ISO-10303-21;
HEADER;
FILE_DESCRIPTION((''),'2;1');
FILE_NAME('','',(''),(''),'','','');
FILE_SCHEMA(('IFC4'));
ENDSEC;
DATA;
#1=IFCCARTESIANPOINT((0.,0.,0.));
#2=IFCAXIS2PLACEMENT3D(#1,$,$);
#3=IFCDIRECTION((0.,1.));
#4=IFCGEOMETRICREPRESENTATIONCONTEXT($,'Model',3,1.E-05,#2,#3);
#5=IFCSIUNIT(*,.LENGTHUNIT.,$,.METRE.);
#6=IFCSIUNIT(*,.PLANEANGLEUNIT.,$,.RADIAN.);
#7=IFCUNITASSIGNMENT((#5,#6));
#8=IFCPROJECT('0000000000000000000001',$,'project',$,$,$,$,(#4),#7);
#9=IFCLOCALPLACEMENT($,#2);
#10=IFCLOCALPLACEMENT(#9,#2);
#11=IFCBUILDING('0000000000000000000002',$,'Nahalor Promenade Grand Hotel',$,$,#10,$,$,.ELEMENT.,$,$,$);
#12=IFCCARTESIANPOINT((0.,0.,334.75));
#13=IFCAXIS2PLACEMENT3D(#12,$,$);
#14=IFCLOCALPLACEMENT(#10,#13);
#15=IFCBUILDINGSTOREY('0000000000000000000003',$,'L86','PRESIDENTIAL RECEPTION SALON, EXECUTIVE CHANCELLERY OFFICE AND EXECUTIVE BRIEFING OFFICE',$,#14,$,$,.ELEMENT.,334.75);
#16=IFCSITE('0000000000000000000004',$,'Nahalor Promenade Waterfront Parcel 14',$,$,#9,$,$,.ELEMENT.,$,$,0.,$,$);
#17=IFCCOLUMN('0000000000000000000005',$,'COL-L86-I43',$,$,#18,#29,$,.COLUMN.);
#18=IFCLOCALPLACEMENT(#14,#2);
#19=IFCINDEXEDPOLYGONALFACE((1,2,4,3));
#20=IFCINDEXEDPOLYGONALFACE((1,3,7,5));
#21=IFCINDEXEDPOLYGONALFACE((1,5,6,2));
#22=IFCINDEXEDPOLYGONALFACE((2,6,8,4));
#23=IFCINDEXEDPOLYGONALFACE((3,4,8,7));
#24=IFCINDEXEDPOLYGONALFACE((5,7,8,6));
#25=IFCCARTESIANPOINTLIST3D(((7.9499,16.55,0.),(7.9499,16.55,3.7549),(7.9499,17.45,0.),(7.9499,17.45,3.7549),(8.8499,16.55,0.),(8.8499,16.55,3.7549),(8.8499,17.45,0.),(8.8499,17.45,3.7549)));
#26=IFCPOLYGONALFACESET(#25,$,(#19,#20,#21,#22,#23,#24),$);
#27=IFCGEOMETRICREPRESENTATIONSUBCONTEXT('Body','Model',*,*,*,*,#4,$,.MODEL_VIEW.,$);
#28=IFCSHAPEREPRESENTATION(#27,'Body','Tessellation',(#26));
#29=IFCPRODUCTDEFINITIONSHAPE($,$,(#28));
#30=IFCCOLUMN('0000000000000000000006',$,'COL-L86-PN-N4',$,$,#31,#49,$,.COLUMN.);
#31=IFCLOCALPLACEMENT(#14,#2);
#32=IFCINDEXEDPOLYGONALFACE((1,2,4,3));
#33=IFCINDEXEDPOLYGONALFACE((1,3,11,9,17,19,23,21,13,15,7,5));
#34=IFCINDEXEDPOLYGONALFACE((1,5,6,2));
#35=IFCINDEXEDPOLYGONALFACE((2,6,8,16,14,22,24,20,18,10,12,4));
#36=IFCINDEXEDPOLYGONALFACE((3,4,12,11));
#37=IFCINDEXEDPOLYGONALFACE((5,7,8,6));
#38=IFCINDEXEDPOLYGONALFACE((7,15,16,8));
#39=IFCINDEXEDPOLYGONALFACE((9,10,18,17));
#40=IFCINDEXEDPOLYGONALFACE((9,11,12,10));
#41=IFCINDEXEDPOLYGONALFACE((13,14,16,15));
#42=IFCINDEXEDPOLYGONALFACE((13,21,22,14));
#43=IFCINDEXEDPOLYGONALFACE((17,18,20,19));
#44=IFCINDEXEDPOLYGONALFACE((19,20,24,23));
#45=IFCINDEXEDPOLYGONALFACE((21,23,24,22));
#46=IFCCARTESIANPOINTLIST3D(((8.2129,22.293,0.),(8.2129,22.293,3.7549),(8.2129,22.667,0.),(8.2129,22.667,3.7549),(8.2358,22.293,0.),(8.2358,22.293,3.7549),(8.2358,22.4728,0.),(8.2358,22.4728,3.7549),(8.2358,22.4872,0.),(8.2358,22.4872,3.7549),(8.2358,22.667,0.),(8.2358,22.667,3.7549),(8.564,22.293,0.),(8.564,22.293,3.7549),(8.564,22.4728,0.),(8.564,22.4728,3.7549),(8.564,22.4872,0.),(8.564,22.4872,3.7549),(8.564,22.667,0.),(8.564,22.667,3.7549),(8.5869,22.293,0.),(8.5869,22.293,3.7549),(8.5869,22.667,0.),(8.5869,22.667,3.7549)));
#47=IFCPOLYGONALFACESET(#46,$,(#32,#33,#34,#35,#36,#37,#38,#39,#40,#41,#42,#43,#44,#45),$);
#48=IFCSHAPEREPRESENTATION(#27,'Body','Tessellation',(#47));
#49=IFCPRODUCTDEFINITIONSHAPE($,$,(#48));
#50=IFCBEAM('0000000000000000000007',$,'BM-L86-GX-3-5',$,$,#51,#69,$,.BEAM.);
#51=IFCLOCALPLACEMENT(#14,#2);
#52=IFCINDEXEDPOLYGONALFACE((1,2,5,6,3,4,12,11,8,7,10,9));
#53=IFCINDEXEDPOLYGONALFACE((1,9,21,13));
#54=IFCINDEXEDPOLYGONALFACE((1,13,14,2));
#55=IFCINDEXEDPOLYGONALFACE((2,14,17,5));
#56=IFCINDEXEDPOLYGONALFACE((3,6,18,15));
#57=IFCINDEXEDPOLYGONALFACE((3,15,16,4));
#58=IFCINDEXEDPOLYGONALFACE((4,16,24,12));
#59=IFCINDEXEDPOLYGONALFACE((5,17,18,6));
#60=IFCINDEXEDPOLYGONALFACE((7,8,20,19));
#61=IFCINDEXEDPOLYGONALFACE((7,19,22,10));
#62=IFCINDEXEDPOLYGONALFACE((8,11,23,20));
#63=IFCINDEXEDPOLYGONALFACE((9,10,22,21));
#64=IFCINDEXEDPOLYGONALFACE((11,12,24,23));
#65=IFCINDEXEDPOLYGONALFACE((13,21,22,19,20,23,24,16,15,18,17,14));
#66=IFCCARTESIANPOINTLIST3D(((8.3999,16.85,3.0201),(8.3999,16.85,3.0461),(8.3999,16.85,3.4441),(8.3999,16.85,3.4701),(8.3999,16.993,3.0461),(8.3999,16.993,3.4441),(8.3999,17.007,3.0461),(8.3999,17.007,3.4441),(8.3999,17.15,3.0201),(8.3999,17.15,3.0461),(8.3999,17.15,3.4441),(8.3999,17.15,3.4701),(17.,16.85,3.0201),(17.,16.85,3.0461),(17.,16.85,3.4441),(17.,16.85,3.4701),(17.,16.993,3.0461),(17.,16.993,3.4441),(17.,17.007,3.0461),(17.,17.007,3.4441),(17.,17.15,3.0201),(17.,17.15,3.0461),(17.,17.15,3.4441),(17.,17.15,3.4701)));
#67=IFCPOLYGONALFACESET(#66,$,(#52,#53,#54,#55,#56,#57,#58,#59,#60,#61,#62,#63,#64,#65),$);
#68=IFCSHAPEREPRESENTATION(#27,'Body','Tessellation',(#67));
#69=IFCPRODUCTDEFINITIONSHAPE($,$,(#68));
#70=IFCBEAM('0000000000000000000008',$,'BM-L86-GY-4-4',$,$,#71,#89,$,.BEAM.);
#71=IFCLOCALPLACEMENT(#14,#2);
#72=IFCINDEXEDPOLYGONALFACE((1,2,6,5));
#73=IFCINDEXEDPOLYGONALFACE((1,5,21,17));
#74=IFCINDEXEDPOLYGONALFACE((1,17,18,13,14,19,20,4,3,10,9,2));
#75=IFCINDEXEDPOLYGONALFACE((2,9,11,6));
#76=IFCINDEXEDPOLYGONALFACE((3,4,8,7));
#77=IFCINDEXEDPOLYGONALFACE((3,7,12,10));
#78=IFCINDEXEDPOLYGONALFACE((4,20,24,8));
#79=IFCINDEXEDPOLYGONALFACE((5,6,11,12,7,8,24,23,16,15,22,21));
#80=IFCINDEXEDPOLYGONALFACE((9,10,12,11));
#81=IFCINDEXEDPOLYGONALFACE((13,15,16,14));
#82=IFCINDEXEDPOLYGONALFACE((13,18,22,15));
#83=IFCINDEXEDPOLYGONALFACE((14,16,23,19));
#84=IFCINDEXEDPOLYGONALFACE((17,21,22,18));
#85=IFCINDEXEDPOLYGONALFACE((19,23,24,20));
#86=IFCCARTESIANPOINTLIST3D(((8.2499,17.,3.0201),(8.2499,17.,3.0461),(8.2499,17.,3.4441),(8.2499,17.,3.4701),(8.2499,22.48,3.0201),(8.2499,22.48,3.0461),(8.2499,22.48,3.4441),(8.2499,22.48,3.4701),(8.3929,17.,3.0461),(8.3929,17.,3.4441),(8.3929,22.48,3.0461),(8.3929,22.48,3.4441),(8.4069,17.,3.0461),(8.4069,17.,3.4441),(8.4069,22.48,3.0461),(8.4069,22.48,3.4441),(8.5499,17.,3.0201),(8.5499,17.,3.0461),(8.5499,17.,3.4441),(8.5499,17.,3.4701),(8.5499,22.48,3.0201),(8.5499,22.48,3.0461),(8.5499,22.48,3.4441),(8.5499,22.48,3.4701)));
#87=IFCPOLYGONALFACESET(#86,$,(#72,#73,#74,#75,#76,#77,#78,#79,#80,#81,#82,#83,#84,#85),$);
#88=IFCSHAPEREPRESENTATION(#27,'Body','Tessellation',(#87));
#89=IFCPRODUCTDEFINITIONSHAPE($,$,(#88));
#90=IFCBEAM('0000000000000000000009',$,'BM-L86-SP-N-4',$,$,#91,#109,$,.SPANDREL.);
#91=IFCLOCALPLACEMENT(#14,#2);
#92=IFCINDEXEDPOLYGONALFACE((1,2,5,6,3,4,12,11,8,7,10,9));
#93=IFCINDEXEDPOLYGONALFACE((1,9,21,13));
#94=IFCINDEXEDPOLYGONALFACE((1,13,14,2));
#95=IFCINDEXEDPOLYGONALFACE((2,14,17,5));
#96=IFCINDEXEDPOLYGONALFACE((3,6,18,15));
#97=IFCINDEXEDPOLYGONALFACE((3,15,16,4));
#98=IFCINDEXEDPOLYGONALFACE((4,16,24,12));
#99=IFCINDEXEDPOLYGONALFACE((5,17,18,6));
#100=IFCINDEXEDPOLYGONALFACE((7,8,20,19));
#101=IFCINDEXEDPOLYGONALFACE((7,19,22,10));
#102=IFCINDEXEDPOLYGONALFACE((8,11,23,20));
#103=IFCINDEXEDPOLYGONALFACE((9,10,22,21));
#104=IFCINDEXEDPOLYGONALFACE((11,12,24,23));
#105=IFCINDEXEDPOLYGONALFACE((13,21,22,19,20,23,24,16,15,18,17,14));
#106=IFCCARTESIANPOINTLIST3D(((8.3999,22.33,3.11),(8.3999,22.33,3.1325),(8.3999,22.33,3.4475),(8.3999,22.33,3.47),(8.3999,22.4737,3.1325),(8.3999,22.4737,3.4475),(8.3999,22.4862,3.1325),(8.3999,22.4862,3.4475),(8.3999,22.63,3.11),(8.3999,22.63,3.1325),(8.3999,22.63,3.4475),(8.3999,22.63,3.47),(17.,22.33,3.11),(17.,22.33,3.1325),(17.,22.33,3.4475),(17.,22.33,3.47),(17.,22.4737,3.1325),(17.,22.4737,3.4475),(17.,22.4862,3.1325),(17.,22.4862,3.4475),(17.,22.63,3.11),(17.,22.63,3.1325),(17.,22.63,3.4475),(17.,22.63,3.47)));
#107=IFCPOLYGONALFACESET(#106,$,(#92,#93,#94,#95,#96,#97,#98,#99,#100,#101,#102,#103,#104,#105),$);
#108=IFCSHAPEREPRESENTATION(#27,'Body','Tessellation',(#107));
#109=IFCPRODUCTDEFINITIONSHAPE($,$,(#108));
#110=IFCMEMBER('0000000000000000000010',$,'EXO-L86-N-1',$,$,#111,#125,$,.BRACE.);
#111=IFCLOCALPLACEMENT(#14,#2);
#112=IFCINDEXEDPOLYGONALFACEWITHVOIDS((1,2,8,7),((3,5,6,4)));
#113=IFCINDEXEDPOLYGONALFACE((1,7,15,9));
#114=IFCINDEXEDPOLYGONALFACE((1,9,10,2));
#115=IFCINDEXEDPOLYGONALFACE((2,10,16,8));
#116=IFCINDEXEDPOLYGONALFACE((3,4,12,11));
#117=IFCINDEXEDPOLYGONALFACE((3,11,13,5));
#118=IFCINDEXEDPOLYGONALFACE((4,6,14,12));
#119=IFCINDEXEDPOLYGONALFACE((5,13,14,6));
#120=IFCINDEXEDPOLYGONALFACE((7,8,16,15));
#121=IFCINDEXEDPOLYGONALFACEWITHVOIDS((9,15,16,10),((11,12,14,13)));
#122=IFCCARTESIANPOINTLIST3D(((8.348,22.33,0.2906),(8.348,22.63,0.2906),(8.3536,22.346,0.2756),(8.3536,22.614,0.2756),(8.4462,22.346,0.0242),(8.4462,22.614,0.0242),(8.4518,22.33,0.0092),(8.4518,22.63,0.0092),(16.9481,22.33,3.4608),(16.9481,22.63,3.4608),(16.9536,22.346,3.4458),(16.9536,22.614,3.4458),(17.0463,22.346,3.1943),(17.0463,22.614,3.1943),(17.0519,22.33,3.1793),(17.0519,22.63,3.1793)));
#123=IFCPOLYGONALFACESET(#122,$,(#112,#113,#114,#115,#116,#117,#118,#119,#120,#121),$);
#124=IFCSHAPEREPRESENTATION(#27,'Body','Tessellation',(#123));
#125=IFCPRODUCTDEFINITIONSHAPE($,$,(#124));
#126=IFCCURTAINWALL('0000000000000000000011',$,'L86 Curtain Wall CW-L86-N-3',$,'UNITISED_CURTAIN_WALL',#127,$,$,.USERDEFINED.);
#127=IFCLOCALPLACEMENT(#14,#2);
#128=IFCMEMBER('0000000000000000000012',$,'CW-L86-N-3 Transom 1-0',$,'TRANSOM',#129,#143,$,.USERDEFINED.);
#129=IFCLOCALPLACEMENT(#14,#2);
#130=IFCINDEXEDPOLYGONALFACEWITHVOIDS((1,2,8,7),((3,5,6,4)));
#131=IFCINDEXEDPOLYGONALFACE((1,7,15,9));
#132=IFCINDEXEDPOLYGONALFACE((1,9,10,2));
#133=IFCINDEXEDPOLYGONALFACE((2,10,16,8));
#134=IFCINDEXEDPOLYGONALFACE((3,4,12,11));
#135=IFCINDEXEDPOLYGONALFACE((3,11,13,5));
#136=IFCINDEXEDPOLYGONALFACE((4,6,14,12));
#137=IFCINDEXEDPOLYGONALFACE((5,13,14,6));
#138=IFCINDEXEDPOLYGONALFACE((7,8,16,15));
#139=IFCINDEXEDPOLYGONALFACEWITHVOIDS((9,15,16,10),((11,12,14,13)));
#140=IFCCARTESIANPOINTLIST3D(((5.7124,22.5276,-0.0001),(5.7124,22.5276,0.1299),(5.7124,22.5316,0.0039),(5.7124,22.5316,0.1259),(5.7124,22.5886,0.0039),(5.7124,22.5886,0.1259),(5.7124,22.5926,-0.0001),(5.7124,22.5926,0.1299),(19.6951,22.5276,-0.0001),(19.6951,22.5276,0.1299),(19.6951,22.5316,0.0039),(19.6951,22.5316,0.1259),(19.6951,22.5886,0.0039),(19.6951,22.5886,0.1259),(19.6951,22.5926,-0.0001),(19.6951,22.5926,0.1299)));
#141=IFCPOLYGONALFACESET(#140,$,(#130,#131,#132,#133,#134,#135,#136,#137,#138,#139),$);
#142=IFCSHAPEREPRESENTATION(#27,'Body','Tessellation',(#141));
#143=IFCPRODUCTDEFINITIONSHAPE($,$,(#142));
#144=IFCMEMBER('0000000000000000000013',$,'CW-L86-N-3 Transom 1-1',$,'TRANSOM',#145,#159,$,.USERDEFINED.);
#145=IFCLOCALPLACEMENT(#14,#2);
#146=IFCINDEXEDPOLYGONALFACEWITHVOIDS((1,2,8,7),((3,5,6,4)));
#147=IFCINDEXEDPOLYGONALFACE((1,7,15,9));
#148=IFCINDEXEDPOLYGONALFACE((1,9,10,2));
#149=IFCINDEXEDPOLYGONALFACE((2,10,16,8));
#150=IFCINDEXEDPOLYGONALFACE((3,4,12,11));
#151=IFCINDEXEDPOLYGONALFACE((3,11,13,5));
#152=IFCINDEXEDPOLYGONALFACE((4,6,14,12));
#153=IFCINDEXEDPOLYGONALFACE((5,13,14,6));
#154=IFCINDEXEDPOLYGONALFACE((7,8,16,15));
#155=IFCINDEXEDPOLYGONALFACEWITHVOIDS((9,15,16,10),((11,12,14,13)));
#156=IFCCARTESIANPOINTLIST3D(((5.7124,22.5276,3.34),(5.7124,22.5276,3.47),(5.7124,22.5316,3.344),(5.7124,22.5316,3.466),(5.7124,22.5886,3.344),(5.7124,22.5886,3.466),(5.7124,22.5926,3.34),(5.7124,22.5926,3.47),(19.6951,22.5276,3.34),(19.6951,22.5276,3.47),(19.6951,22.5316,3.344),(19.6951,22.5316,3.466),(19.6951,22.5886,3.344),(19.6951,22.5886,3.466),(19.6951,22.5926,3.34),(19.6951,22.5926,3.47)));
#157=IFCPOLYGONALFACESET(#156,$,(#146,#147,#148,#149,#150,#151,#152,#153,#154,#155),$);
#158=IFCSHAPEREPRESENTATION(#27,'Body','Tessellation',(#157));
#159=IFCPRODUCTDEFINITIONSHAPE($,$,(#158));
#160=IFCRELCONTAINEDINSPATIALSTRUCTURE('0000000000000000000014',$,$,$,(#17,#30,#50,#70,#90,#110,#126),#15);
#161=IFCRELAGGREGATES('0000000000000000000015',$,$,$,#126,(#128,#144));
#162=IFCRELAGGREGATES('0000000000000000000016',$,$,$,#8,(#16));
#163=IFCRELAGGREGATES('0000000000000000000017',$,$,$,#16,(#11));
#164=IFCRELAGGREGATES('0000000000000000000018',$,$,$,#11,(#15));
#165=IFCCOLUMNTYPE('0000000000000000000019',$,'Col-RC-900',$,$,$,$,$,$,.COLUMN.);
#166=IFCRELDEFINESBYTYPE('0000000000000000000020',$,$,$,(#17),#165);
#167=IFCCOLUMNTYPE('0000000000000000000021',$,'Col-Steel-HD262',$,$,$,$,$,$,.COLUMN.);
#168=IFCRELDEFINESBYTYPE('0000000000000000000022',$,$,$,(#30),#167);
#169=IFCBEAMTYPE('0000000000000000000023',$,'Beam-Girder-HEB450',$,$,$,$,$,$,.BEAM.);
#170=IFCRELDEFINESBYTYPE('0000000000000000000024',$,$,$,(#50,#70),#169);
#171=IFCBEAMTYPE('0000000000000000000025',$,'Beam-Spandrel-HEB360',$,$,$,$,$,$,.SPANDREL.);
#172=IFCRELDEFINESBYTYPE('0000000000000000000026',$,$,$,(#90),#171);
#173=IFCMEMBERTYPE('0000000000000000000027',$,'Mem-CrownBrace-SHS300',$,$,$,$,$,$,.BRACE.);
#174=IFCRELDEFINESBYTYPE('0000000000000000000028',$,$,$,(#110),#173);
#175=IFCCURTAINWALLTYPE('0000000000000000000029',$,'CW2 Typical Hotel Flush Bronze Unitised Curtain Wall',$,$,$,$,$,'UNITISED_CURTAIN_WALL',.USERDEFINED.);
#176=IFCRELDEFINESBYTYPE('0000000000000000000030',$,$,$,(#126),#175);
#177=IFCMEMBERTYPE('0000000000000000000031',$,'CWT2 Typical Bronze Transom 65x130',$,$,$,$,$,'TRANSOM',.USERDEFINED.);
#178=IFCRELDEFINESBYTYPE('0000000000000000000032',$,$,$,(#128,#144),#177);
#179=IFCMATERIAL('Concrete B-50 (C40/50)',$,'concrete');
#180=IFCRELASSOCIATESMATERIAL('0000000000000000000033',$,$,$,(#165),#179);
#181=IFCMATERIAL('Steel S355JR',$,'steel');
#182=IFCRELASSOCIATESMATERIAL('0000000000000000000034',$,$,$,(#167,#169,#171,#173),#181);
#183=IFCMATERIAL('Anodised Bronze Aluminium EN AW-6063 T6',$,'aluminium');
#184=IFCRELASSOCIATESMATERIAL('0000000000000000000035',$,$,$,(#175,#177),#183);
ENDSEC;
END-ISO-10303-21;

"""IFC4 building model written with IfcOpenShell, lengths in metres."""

from ifc_helpers import new_model, si_unit, direction, frame, origin, origin_2d, place, context, subcontext, project, spatial, rectangle, hollow_rectangle, i_section, extrude, source, transform, mapped, material, material_profile, profile_set, type_object, element, aggregate, save


model = new_model("IFC4")

# Units and contexts
model_context = context("Model", 3, precision=1e-05, world=origin(), true_north=direction((0.0, 1.0)))
body_context = subcontext(model_context, "Body", "Model", "MODEL_VIEW")
ifc_project = project(units=[si_unit("LENGTHUNIT", "METRE"), si_unit("PLANEANGLEUNIT", "RADIAN")], contexts=[model_context])

# Site, building, storey
site_placement = place(None, origin())
site = spatial("IfcSite", under=ifc_project, at=site_placement, Name="Nahalor Promenade Waterfront Parcel 14", CompositionType="ELEMENT", RefElevation=0.0)
building_placement = place(site_placement, origin())
building = spatial("IfcBuilding", under=site, at=building_placement, Name="Nahalor Promenade Grand Hotel", CompositionType="ELEMENT")
storey_placement = place(building_placement, frame((0.0, 0.0, 334.75)))
storey = spatial("IfcBuildingStorey", under=building, at=storey_placement, Name="L86", Description="PRESIDENTIAL RECEPTION SALON, EXECUTIVE CHANCELLERY OFFICE AND EXECUTIVE BRIEFING OFFICE", CompositionType="ELEMENT", Elevation=334.75)

# Columns
ifc_material_1 = material(Name="Concrete B-50 (C40/50)", Category="concrete")
ifc_material_profile_1 = material_profile(ifc_material_1, rectangle(XDim=0.9, YDim=0.9, at=origin_2d()), Name="RC 900x900")
ifc_profile_set_1 = profile_set([ifc_material_profile_1], Name="Concrete B-50 (C40/50)")
column_type_1 = type_object("IfcColumnType", Name="Col-RC-900", PredefinedType="COLUMN", material=ifc_profile_set_1)
shared_shape_1 = source(origin(), body_context, "Body", "SweptSolid", [
    extrude(rectangle(XDim=0.9, YDim=0.9, at=origin_2d()), origin(), (0.0, 0.0, 1.0), 3.7549),
])
column_1_placement = place(storey_placement, frame((8.3999, 17.0, 0.0), z_axis=(0.0, 0.0, 1.0), x_axis=(1.0, 0.0, 0.0)))
element("IfcColumn", 1, at=column_1_placement, inside=storey, type_object=column_type_1, Name="COL-L86-I43", PredefinedType="COLUMN", context=body_context, shape_type="MappedRepresentation", body=[
    mapped(shared_shape_1, transform((0.0, 0.0, 0.0), scale=1.0)),
])
ifc_material_2 = material(Name="Steel S355JR", Category="steel")
ifc_material_profile_2 = material_profile(ifc_material_2, i_section(OverallWidth=0.374, OverallDepth=0.374, WebThickness=0.0144, FlangeThickness=0.0229, at=origin_2d()), Name="HD 360x262")
ifc_profile_set_2 = profile_set([ifc_material_profile_2], Name="Steel S355JR")
column_type_2 = type_object("IfcColumnType", Name="Col-Steel-HD262", PredefinedType="COLUMN", material=ifc_profile_set_2)
shared_shape_2 = source(origin(), body_context, "Body", "SweptSolid", [
    extrude(i_section(OverallWidth=0.374, OverallDepth=0.374, WebThickness=0.0144, FlangeThickness=0.0229, at=origin_2d()), origin(), (0.0, 0.0, 1.0), 3.7549),
])
column_2_placement = place(storey_placement, frame((8.3999, 22.48, 0.0), z_axis=(0.0, 0.0, 1.0), x_axis=(0.0, 1.0, 0.0)))
element("IfcColumn", 2, at=column_2_placement, inside=storey, type_object=column_type_2, Name="COL-L86-PN-N4", PredefinedType="COLUMN", context=body_context, shape_type="MappedRepresentation", body=[
    mapped(shared_shape_2, transform((0.0, 0.0, 0.0), scale=1.0)),
])

# Beams
ifc_material_profile_3 = material_profile(ifc_material_2, i_section(OverallWidth=0.3, OverallDepth=0.45, WebThickness=0.014, FlangeThickness=0.026, at=origin_2d()), Name="HEB 450")
ifc_profile_set_3 = profile_set([ifc_material_profile_3], Name="Steel S355JR")
beam_type_1 = type_object("IfcBeamType", Name="Beam-Girder-HEB450", PredefinedType="BEAM", material=ifc_profile_set_3)
shared_shape_3 = source(origin(), body_context, "Body", "SweptSolid", [
    extrude(i_section(OverallWidth=0.3, OverallDepth=0.45, WebThickness=0.014, FlangeThickness=0.026, at=origin_2d()), origin(), (0.0, 0.0, 1.0), 8.6001),
])
beam_1_placement = place(storey_placement, frame((8.3999, 17.0, 3.2451), z_axis=(1.0, 0.0, 0.0), x_axis=(0.0, 1.0, 0.0)))
element("IfcBeam", 3, at=beam_1_placement, inside=storey, type_object=beam_type_1, Name="BM-L86-GX-3-5", PredefinedType="BEAM", context=body_context, shape_type="MappedRepresentation", body=[
    mapped(shared_shape_3, transform((0.0, 0.0, 0.0), scale=1.0)),
])
shared_shape_4 = source(origin(), body_context, "Body", "SweptSolid", [
    extrude(i_section(OverallWidth=0.3, OverallDepth=0.45, WebThickness=0.014, FlangeThickness=0.026, at=origin_2d()), origin(), (0.0, 0.0, 1.0), 5.48),
])
beam_2_placement = place(storey_placement, frame((8.3999, 17.0, 3.2451), z_axis=(0.0, 1.0, 0.0), x_axis=(-1.0, 0.0, 0.0)))
element("IfcBeam", 4, at=beam_2_placement, inside=storey, type_object=beam_type_1, Name="BM-L86-GY-4-4", PredefinedType="BEAM", context=body_context, shape_type="MappedRepresentation", body=[
    mapped(shared_shape_4, transform((0.0, 0.0, 0.0), scale=1.0)),
])
ifc_material_profile_4 = material_profile(ifc_material_2, i_section(OverallWidth=0.3, OverallDepth=0.36, WebThickness=0.0125, FlangeThickness=0.0225, at=origin_2d()), Name="HEB 360")
ifc_profile_set_4 = profile_set([ifc_material_profile_4], Name="Steel S355JR")
beam_type_2 = type_object("IfcBeamType", Name="Beam-Spandrel-HEB360", PredefinedType="SPANDREL", material=ifc_profile_set_4)
shared_shape_5 = source(origin(), body_context, "Body", "SweptSolid", [
    extrude(i_section(OverallWidth=0.3, OverallDepth=0.36, WebThickness=0.0125, FlangeThickness=0.0225, at=origin_2d()), origin(), (0.0, 0.0, 1.0), 8.6001),
])
beam_3_placement = place(storey_placement, frame((8.3999, 22.48, 3.29), z_axis=(1.0, 0.0, 0.0), x_axis=(0.0, 1.0, 0.0)))
element("IfcBeam", 5, at=beam_3_placement, inside=storey, type_object=beam_type_2, Name="BM-L86-SP-N-4", PredefinedType="SPANDREL", context=body_context, shape_type="MappedRepresentation", body=[
    mapped(shared_shape_5, transform((0.0, 0.0, 0.0), scale=1.0)),
])

# Member
ifc_material_profile_5 = material_profile(ifc_material_2, hollow_rectangle(XDim=0.3, YDim=0.3, WallThickness=0.016, at=origin_2d()), Name="SHS 300x300x16")
ifc_profile_set_5 = profile_set([ifc_material_profile_5], Name="Steel S355JR")
member_type_1 = type_object("IfcMemberType", Name="Mem-CrownBrace-SHS300", PredefinedType="BRACE", material=ifc_profile_set_5)
shared_shape_6 = source(origin(), body_context, "Body", "SweptSolid", [
    extrude(hollow_rectangle(XDim=0.3, YDim=0.3, WallThickness=0.016, at=origin_2d()), origin(), (0.0, 0.0, 1.0), 9.1658),
])
member_1_placement = place(storey_placement, frame((8.3999, 22.48, 0.1499), z_axis=(0.938283, 0.0, 0.34587), x_axis=(0.0, 1.0, 0.0)))
element("IfcMember", 6, at=member_1_placement, inside=storey, type_object=member_type_1, Name="EXO-L86-N-1", PredefinedType="BRACE", context=body_context, shape_type="MappedRepresentation", body=[
    mapped(shared_shape_6, transform((0.0, 0.0, 0.0), scale=1.0)),
])

# Curtain wall, members
ifc_material_3 = material(Name="Anodised Bronze Aluminium EN AW-6063 T6", Category="aluminium")
curtain_wall_type = type_object("IfcCurtainWallType", Name="CW2 Typical Hotel Flush Bronze Unitised Curtain Wall", ElementType="UNITISED_CURTAIN_WALL", PredefinedType="USERDEFINED", material=ifc_material_3)
curtain_wall_placement = place(storey_placement, origin())
curtain_wall = element("IfcCurtainWall", 7, at=curtain_wall_placement, inside=storey, type_object=curtain_wall_type, Name="L86 Curtain Wall CW-L86-N-3", ObjectType="UNITISED_CURTAIN_WALL", PredefinedType="USERDEFINED")
ifc_material_profile_6 = material_profile(ifc_material_3, hollow_rectangle(XDim=0.065, YDim=0.13, WallThickness=0.004, at=origin_2d()), Name="CWT 65x130x4")
ifc_profile_set_6 = profile_set([ifc_material_profile_6], Name="Anodised Bronze Aluminium EN AW-6063 T6")
member_type_2 = type_object("IfcMemberType", Name="CWT2 Typical Bronze Transom 65x130", ElementType="TRANSOM", PredefinedType="USERDEFINED", material=ifc_profile_set_6)
shared_shape_7 = source(origin(), body_context, "Body", "SweptSolid", [
    extrude(hollow_rectangle(XDim=0.065, YDim=0.13, WallThickness=0.004, at=origin_2d()), origin(), (0.0, 0.0, 1.0), 13.9827),
])
member_2_placement = place(storey_placement, frame((5.7124, 22.5601, 0.0649), z_axis=(1.0, 0.0, 0.0), x_axis=(0.0, 1.0, 0.0)))
member_2 = element("IfcMember", 8, at=member_2_placement, type_object=member_type_2, Name="CW-L86-N-3 Transom 1-0", ObjectType="TRANSOM", PredefinedType="USERDEFINED", context=body_context, shape_type="MappedRepresentation", body=[
    mapped(shared_shape_7, transform((0.0, 0.0, 0.0), scale=1.0)),
])
member_3_placement = place(storey_placement, frame((5.7124, 22.5601, 3.405), z_axis=(1.0, 0.0, 0.0), x_axis=(0.0, 1.0, 0.0)))
member_3 = element("IfcMember", 9, at=member_3_placement, type_object=member_type_2, Name="CW-L86-N-3 Transom 1-1", ObjectType="TRANSOM", PredefinedType="USERDEFINED", context=body_context, shape_type="MappedRepresentation", body=[
    mapped(shared_shape_7, transform((0.0, 0.0, 0.0), scale=1.0)),
])
aggregate(curtain_wall, [member_2, member_3])

save(model, "model.ifc")
